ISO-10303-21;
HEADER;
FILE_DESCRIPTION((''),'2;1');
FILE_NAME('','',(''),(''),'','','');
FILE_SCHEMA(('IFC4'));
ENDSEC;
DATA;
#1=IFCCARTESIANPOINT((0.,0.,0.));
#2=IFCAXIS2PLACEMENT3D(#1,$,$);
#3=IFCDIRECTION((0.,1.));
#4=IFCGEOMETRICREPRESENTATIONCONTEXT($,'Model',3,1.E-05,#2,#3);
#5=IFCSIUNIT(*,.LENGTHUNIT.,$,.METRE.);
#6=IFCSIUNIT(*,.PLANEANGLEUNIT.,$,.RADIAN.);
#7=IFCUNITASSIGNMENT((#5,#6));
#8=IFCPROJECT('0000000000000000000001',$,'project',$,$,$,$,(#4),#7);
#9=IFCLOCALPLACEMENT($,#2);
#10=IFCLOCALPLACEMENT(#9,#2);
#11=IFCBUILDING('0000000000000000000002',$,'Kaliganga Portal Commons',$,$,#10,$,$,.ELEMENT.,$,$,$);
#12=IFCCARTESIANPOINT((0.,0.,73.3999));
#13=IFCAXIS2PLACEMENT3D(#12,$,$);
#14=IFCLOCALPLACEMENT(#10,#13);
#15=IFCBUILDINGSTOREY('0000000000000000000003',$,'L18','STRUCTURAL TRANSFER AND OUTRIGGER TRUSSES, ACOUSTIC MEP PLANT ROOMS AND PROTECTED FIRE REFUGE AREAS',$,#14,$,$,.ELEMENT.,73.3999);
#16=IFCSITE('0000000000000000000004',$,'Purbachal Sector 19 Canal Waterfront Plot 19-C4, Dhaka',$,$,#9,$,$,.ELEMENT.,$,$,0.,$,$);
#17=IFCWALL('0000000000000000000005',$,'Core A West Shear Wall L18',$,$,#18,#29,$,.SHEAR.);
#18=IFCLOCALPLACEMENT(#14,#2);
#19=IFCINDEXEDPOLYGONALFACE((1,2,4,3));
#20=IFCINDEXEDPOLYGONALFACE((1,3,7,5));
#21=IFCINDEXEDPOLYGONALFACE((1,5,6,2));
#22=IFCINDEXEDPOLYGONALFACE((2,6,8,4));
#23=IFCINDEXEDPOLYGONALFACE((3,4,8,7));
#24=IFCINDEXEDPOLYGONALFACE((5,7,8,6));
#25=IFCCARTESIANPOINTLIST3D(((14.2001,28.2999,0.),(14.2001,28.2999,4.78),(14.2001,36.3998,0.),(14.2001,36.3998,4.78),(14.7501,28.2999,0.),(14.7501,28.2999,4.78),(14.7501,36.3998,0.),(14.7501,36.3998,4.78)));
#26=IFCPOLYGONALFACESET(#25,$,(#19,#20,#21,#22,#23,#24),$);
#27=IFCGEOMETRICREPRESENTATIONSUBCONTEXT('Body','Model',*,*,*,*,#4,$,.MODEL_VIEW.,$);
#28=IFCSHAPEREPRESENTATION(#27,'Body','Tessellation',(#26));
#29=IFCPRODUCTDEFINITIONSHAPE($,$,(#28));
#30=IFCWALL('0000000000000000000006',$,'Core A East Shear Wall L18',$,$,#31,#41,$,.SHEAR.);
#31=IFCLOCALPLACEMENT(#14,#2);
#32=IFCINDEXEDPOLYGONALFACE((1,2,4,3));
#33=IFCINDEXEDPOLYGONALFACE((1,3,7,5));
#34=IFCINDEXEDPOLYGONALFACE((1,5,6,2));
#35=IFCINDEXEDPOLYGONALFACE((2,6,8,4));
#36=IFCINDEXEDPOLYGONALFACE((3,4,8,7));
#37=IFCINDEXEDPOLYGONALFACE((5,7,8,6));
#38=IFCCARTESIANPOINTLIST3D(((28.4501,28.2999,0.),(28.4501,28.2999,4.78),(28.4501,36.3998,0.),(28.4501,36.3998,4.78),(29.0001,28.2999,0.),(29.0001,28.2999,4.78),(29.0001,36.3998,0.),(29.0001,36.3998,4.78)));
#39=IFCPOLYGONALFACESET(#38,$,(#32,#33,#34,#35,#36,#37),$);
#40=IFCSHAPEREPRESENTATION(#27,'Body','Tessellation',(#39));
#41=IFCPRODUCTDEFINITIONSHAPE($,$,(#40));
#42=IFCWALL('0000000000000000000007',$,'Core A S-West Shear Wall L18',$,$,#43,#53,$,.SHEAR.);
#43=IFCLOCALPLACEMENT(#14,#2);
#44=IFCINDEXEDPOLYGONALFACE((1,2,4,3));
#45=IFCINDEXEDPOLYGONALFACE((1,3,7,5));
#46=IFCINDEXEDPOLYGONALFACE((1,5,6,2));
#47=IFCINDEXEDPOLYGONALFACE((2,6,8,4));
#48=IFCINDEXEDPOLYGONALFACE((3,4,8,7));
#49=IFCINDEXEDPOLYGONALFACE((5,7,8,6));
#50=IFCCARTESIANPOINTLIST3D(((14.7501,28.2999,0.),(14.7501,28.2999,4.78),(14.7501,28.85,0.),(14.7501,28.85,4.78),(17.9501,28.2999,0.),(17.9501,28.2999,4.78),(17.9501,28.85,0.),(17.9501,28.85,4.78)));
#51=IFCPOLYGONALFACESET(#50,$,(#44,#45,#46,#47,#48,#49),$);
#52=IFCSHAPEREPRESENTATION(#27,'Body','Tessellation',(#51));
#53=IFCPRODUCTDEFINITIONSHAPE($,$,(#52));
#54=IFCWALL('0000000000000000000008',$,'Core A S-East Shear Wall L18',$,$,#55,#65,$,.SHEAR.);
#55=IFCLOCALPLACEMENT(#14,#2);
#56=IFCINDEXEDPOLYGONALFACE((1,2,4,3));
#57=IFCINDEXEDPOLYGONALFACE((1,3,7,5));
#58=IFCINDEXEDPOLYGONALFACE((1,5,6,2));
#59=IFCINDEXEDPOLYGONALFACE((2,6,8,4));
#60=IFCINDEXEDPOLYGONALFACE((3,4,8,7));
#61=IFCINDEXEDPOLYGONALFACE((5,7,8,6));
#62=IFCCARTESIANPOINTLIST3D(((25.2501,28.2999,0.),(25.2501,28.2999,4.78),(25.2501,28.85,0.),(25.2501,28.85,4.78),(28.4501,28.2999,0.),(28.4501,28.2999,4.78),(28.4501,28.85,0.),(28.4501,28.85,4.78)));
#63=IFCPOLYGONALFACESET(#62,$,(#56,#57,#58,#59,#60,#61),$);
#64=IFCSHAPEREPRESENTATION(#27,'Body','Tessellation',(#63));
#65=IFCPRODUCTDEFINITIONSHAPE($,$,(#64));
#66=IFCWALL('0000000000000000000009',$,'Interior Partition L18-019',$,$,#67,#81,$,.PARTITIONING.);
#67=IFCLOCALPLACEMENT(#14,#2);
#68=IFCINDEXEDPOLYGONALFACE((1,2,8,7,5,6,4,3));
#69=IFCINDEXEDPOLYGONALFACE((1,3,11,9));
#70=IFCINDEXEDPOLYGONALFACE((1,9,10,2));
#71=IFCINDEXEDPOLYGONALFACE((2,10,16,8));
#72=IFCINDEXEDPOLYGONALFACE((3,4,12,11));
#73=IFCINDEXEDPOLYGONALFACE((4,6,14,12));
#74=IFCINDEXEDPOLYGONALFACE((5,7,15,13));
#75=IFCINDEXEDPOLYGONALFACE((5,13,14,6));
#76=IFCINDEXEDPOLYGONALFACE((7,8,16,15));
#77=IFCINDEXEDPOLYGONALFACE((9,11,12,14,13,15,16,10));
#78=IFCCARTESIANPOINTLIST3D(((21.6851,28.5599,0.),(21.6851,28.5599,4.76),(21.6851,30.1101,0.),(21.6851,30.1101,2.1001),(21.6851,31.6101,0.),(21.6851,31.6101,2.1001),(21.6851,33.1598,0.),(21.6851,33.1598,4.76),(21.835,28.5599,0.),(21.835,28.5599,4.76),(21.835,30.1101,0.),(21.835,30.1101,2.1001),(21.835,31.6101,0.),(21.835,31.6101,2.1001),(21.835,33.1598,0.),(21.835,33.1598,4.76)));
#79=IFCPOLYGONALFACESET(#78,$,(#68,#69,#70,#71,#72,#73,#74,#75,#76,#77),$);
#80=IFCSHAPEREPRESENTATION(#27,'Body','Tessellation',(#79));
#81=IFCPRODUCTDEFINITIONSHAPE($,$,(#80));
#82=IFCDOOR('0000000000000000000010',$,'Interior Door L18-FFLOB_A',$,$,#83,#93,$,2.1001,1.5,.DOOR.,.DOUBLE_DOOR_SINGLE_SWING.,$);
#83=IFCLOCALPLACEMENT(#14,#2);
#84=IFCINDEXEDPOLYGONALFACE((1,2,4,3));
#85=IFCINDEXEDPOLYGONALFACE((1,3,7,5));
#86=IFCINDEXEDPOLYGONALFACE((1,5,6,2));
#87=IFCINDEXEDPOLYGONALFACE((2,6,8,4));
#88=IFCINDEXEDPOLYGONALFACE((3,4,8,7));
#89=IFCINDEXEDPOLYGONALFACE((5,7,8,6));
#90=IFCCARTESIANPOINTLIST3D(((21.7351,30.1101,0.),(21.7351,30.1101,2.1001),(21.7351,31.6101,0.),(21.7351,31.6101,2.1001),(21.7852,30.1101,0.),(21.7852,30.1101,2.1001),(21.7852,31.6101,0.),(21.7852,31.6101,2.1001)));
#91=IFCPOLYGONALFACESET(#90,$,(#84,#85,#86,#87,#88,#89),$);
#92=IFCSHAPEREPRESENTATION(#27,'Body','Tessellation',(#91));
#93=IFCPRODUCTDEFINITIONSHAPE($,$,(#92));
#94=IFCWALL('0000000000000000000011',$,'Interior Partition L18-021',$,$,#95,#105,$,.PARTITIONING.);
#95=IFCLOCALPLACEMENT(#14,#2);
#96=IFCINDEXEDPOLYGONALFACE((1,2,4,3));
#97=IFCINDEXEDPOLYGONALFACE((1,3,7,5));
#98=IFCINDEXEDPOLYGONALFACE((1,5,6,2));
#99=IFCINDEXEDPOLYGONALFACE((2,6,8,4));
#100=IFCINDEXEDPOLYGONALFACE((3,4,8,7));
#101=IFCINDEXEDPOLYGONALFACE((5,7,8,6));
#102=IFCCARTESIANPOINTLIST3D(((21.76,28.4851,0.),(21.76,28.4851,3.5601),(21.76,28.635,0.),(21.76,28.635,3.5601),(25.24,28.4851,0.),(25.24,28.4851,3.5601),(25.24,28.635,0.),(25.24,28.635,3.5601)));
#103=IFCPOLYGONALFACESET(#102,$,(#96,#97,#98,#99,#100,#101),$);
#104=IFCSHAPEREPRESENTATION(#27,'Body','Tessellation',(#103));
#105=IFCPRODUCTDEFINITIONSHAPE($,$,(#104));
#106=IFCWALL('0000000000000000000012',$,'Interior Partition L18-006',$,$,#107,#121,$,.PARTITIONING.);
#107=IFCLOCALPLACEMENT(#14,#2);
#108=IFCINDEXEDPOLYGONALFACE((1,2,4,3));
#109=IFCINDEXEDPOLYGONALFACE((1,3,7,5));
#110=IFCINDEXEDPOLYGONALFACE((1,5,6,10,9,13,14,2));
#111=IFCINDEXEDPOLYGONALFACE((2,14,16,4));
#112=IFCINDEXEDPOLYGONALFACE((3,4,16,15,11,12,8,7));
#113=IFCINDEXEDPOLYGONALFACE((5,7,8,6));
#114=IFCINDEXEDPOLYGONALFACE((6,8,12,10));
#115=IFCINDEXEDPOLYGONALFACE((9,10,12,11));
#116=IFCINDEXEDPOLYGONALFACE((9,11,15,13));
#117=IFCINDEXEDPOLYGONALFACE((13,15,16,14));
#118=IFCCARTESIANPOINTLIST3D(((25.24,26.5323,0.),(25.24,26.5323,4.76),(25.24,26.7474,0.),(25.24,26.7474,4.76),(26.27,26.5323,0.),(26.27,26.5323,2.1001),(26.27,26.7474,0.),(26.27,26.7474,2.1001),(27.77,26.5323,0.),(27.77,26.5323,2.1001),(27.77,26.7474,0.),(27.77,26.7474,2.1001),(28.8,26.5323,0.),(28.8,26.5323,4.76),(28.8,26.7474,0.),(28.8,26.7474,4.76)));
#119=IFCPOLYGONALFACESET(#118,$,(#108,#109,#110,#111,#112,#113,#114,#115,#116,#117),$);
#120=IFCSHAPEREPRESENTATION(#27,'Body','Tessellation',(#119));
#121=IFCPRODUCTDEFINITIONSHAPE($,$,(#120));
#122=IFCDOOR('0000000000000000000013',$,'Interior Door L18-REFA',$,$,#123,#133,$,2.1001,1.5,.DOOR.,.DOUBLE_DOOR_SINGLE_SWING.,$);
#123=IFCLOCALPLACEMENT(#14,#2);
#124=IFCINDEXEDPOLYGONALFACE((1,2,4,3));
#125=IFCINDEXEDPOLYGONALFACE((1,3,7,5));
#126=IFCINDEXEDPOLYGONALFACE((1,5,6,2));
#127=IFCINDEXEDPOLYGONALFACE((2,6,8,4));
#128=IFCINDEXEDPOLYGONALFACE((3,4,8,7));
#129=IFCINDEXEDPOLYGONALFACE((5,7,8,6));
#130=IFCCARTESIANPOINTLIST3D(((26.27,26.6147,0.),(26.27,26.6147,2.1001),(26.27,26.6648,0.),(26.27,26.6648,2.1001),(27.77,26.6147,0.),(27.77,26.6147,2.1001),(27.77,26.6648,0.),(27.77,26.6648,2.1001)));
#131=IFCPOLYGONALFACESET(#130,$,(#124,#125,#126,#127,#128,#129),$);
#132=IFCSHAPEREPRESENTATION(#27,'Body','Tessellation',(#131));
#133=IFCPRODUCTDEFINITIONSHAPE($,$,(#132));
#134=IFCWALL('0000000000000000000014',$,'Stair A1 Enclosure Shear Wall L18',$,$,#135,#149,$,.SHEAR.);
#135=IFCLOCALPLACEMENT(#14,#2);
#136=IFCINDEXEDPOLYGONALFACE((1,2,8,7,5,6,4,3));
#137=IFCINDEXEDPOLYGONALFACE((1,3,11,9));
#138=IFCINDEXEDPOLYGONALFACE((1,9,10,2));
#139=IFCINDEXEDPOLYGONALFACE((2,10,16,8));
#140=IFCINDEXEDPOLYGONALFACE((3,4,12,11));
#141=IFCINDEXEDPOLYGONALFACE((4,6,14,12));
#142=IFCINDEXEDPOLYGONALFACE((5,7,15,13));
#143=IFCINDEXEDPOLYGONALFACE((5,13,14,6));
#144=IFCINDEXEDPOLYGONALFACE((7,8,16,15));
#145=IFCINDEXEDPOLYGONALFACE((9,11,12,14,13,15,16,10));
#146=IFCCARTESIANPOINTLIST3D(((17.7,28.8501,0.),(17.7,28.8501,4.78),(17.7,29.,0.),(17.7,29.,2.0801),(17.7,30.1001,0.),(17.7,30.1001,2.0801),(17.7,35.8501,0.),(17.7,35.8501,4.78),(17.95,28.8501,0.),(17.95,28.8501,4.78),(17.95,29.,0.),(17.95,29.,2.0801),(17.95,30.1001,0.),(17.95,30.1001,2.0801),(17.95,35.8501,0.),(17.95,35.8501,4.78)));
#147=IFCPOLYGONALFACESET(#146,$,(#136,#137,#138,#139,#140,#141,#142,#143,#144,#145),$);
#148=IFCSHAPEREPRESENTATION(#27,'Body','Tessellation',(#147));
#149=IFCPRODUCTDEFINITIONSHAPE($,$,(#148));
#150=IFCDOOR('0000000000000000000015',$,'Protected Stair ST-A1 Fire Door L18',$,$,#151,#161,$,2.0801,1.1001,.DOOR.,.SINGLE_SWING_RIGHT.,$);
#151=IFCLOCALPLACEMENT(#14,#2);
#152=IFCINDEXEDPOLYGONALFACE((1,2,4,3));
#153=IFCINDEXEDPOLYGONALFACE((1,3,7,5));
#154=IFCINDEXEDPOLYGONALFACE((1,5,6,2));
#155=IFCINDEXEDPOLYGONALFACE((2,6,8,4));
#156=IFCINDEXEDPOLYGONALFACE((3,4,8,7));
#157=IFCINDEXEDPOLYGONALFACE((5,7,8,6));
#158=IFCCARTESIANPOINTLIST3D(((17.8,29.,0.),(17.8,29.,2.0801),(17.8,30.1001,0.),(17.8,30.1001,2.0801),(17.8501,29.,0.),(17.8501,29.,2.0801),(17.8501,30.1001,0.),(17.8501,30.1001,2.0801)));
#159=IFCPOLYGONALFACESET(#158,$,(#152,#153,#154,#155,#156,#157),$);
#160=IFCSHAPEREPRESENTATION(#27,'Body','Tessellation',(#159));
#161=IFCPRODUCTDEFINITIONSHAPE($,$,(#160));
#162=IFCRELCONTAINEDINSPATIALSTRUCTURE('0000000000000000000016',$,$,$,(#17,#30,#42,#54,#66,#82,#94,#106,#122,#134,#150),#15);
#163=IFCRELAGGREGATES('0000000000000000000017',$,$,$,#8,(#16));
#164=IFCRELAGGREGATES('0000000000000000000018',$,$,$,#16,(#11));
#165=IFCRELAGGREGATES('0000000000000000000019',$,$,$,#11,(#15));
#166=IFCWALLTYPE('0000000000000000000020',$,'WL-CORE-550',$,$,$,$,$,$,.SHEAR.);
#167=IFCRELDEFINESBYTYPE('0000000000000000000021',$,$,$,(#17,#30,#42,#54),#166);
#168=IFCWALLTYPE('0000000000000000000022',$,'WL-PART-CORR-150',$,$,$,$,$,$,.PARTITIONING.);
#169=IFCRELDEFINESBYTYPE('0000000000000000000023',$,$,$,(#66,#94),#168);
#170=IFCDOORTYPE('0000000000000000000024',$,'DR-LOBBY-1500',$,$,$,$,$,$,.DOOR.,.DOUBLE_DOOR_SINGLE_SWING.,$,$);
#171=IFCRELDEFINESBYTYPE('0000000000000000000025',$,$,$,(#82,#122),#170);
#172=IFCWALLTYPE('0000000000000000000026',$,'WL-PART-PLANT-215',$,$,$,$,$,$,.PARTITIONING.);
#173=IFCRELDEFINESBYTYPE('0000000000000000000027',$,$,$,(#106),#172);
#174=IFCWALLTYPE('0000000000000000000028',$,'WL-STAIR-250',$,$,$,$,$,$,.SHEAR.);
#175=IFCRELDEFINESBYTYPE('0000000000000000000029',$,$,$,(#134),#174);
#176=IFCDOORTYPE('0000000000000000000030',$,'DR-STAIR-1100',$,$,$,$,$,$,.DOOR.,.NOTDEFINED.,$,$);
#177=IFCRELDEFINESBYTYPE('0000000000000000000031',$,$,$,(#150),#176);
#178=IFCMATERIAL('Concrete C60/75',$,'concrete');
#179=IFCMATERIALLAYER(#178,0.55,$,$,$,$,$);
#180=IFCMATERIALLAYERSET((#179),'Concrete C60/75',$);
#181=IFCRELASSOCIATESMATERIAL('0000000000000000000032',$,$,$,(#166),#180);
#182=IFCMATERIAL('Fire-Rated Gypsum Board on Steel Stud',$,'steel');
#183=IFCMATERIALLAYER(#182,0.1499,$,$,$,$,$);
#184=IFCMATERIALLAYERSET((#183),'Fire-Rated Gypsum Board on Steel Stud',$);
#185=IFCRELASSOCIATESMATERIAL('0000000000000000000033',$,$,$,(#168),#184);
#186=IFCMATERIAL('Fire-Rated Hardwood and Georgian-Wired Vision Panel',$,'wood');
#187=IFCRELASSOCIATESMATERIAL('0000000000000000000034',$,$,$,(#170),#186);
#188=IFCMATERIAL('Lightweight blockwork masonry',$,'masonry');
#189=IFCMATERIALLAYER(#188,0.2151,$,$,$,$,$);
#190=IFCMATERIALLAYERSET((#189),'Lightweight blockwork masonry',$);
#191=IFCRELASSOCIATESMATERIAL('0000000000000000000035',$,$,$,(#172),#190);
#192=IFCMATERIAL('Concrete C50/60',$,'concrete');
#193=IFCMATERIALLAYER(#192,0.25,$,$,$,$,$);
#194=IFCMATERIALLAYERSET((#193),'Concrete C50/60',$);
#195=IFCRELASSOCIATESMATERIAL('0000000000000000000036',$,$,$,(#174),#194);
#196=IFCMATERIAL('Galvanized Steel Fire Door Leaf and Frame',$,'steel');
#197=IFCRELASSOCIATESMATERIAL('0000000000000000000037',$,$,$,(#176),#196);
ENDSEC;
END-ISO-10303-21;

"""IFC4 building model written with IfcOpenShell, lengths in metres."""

from ifc_helpers import new_model, si_unit, direction, frame, frame_2d, origin, place, context, subcontext, project, spatial, rectangle, extrude, material, layer, layer_set, type_object, element, fill, save


model = new_model("IFC4")

# Units and contexts
model_context = context("Model", 3, precision=1e-05, world=origin(), true_north=direction((0.0, 1.0)))
body_context = subcontext(model_context, "Body", "Model", "MODEL_VIEW")
ifc_project = project(units=[si_unit("LENGTHUNIT", "METRE"), si_unit("PLANEANGLEUNIT", "RADIAN")], contexts=[model_context])

# Site, building, storey
site_placement = place(None, origin())
site = spatial("IfcSite", under=ifc_project, at=site_placement, Name="Purbachal Sector 19 Canal Waterfront Plot 19-C4, Dhaka", CompositionType="ELEMENT", RefElevation=0.0)
building_placement = place(site_placement, origin())
building = spatial("IfcBuilding", under=site, at=building_placement, Name="Kaliganga Portal Commons", CompositionType="ELEMENT")
storey_placement = place(building_placement, frame((0.0, 0.0, 73.3999)))
storey = spatial("IfcBuildingStorey", under=building, at=storey_placement, Name="L18", Description="STRUCTURAL TRANSFER AND OUTRIGGER TRUSSES, ACOUSTIC MEP PLANT ROOMS AND PROTECTED FIRE REFUGE AREAS", CompositionType="ELEMENT", Elevation=73.3999)

# Shared definitions
ifc_material_1 = material(Name="Concrete C60/75", Category="concrete")

# Walls
ifc_layer_1 = layer(ifc_material_1, 0.55)
ifc_layer_set_1 = layer_set([ifc_layer_1], Name="Concrete C60/75")
wall_type_1 = type_object("IfcWallType", Name="WL-CORE-550", PredefinedType="SHEAR", material=ifc_layer_set_1)
for number, where, z_axis, x_axis, name in (
    (1, (14.4751, 28.3, 0.0), (0.0, 0.0, 1.0), (0.0, 1.0, 0.0), "Core A West Shear Wall L18"),
    (2, (28.7251, 28.3, 0.0), (0.0, 0.0, 1.0), (0.0, 1.0, 0.0), "Core A East Shear Wall L18"),
):
    element("IfcWall", number, at=place(storey_placement, frame(where, z_axis=z_axis, x_axis=x_axis)), inside=storey, type_object=wall_type_1, Name=name, PredefinedType="SHEAR", context=body_context, shape_type="SweptSolid", body=[
        extrude(rectangle(XDim=8.0999, YDim=0.55, at=frame_2d((4.0498, 0.0))), origin(), (0.0, 0.0, 1.0), 4.78),
    ])
for number, where, z_axis, x_axis, name in (
    (3, (14.75, 28.575, 0.0), (0.0, 0.0, 1.0), (1.0, 0.0, 0.0), "Core A S-West Shear Wall L18"),
    (4, (25.25, 28.575, 0.0), (0.0, 0.0, 1.0), (1.0, 0.0, 0.0), "Core A S-East Shear Wall L18"),
):
    element("IfcWall", number, at=place(storey_placement, frame(where, z_axis=z_axis, x_axis=x_axis)), inside=storey, type_object=wall_type_1, Name=name, PredefinedType="SHEAR", context=body_context, shape_type="SweptSolid", body=[
        extrude(rectangle(XDim=3.2, YDim=0.55, at=frame_2d((1.6001, 0.0))), origin(), (0.0, 0.0, 1.0), 4.78),
    ])

# Wall, opening, door
ifc_material_2 = material(Name="Fire-Rated Gypsum Board on Steel Stud", Category="steel")
ifc_layer_2 = layer(ifc_material_2, 0.1499)
ifc_layer_set_2 = layer_set([ifc_layer_2], Name="Fire-Rated Gypsum Board on Steel Stud")
wall_type_2 = type_object("IfcWallType", Name="WL-PART-CORR-150", PredefinedType="PARTITIONING", material=ifc_layer_set_2)
wall_1_placement = place(storey_placement, frame((21.76, 28.5601, 0.0), z_axis=(0.0, 0.0, 1.0), x_axis=(0.0, 1.0, 0.0)))
wall_1 = element("IfcWall", 5, at=wall_1_placement, inside=storey, type_object=wall_type_2, Name="Interior Partition L18-019", PredefinedType="PARTITIONING", context=body_context, shape_type="SweptSolid", body=[
    extrude(rectangle(XDim=4.5999, YDim=0.1499, at=frame_2d((2.2998, 0.0))), origin(), (0.0, 0.0, 1.0), 4.76),
])
opening_1_placement = place(wall_1_placement, frame((1.55, 0.0, 0.0)))
opening_1 = element("IfcOpeningElement", 6, at=opening_1_placement, cuts=wall_1, PredefinedType="OPENING", context=body_context, shape_type="SweptSolid", body=[
    extrude(rectangle(XDim=1.5, YDim=2.1001, at=frame_2d((0.75, 1.05))), frame((0.0, 0.085, 0.0), z_axis=(0.0, -1.0, 0.0), x_axis=(1.0, 0.0, 0.0)), (0.0, 0.0, 1.0), 0.1699),
])
ifc_material_3 = material(Name="Fire-Rated Hardwood and Georgian-Wired Vision Panel", Category="wood")
door_type_1 = type_object("IfcDoorType", Name="DR-LOBBY-1500", OperationType="DOUBLE_DOOR_SINGLE_SWING", PredefinedType="DOOR", material=ifc_material_3)
door_1_placement = place(opening_1_placement, origin())
door_1 = element("IfcDoor", 7, at=door_1_placement, inside=storey, type_object=door_type_1, Name="Interior Door L18-FFLOB_A", OperationType="DOUBLE_DOOR_SINGLE_SWING", OverallHeight=2.1001, OverallWidth=1.5, PredefinedType="DOOR", context=body_context, shape_type="SweptSolid", body=[
    extrude(rectangle(XDim=1.5, YDim=2.1001, at=frame_2d((0.75, 1.05))), frame((0.0, 0.0249, 0.0), z_axis=(0.0, -1.0, 0.0), x_axis=(1.0, 0.0, 0.0)), (0.0, 0.0, 1.0), 0.05),
])
fill(opening_1, door_1)

# Wall
wall_2_placement = place(storey_placement, frame((21.76, 28.5601, 0.0), z_axis=(0.0, 0.0, 1.0), x_axis=(1.0, 0.0, 0.0)))
element("IfcWall", 8, at=wall_2_placement, inside=storey, type_object=wall_type_2, Name="Interior Partition L18-021", PredefinedType="PARTITIONING", context=body_context, shape_type="SweptSolid", body=[
    extrude(rectangle(XDim=3.48, YDim=0.1499, at=frame_2d((1.74, 0.0))), origin(), (0.0, 0.0, 1.0), 3.5601),
])

# Walls, openings, doors
ifc_material_4 = material(Name="Lightweight blockwork masonry", Category="masonry")
ifc_layer_3 = layer(ifc_material_4, 0.2151)
ifc_layer_set_3 = layer_set([ifc_layer_3], Name="Lightweight blockwork masonry")
wall_type_3 = type_object("IfcWallType", Name="WL-PART-PLANT-215", PredefinedType="PARTITIONING", material=ifc_layer_set_3)
wall_3_placement = place(storey_placement, frame((25.24, 26.6399, 0.0), z_axis=(0.0, 0.0, 1.0), x_axis=(1.0, 0.0, 0.0)))
wall_3 = element("IfcWall", 9, at=wall_3_placement, inside=storey, type_object=wall_type_3, Name="Interior Partition L18-006", PredefinedType="PARTITIONING", context=body_context, shape_type="SweptSolid", body=[
    extrude(rectangle(XDim=3.5601, YDim=0.2151, at=frame_2d((1.78, 0.0))), origin(), (0.0, 0.0, 1.0), 4.76),
])
opening_2_placement = place(wall_3_placement, frame((1.03, 0.0, 0.0)))
opening_2 = element("IfcOpeningElement", 10, at=opening_2_placement, cuts=wall_3, PredefinedType="OPENING", context=body_context, shape_type="SweptSolid", body=[
    extrude(rectangle(XDim=1.5, YDim=2.1001, at=frame_2d((0.75, 1.05))), frame((0.0, 0.1177, 0.0), z_axis=(0.0, -1.0, 0.0), x_axis=(1.0, 0.0, 0.0)), (0.0, 0.0, 1.0), 0.2351),
])
door_2_placement = place(opening_2_placement, origin())
door_2 = element("IfcDoor", 11, at=door_2_placement, inside=storey, type_object=door_type_1, Name="Interior Door L18-REFA", OperationType="DOUBLE_DOOR_SINGLE_SWING", OverallHeight=2.1001, OverallWidth=1.5, PredefinedType="DOOR", context=body_context, shape_type="SweptSolid", body=[
    extrude(rectangle(XDim=1.5, YDim=2.1001, at=frame_2d((0.75, 1.05))), frame((0.0, 0.0249, 0.0), z_axis=(0.0, -1.0, 0.0), x_axis=(1.0, 0.0, 0.0)), (0.0, 0.0, 1.0), 0.05),
])
fill(opening_2, door_2)
ifc_material_5 = material(Name="Concrete C50/60", Category="concrete")
ifc_layer_4 = layer(ifc_material_5, 0.25)
ifc_layer_set_4 = layer_set([ifc_layer_4], Name="Concrete C50/60")
wall_type_4 = type_object("IfcWallType", Name="WL-STAIR-250", PredefinedType="SHEAR", material=ifc_layer_set_4)
wall_4_placement = place(storey_placement, frame((17.825, 28.8501, 0.0), z_axis=(0.0, 0.0, 1.0), x_axis=(0.0, 1.0, 0.0)))
wall_4 = element("IfcWall", 12, at=wall_4_placement, inside=storey, type_object=wall_type_4, Name="Stair A1 Enclosure Shear Wall L18", PredefinedType="SHEAR", context=body_context, shape_type="SweptSolid", body=[
    extrude(rectangle(XDim=7.0, YDim=0.25, at=frame_2d((3.5, 0.0))), origin(), (0.0, 0.0, 1.0), 4.78),
])
opening_3_placement = place(wall_4_placement, frame((0.1499, 0.0, 0.0)))
opening_3 = element("IfcOpeningElement", 13, at=opening_3_placement, cuts=wall_4, PredefinedType="OPENING", context=body_context, shape_type="SweptSolid", body=[
    extrude(rectangle(XDim=1.1001, YDim=2.0801, at=frame_2d((0.55, 1.04))), frame((0.0, 0.135, 0.0), z_axis=(0.0, -1.0, 0.0), x_axis=(1.0, 0.0, 0.0)), (0.0, 0.0, 1.0), 0.27),
])
ifc_material_6 = material(Name="Galvanized Steel Fire Door Leaf and Frame", Category="steel")
door_type_2 = type_object("IfcDoorType", Name="DR-STAIR-1100", OperationType="NOTDEFINED", PredefinedType="DOOR", material=ifc_material_6)
door_3_placement = place(opening_3_placement, origin())
door_3 = element("IfcDoor", 14, at=door_3_placement, inside=storey, type_object=door_type_2, Name="Protected Stair ST-A1 Fire Door L18", OperationType="SINGLE_SWING_RIGHT", OverallHeight=2.0801, OverallWidth=1.1001, PredefinedType="DOOR", context=body_context, shape_type="SweptSolid", body=[
    extrude(rectangle(XDim=1.1001, YDim=2.0801, at=frame_2d((0.55, 1.04))), frame((0.0, 0.0249, 0.0), z_axis=(0.0, -1.0, 0.0), x_axis=(1.0, 0.0, 0.0)), (0.0, 0.0, 1.0), 0.05),
])
fill(opening_3, door_3)

save(model, "model.ifc")
